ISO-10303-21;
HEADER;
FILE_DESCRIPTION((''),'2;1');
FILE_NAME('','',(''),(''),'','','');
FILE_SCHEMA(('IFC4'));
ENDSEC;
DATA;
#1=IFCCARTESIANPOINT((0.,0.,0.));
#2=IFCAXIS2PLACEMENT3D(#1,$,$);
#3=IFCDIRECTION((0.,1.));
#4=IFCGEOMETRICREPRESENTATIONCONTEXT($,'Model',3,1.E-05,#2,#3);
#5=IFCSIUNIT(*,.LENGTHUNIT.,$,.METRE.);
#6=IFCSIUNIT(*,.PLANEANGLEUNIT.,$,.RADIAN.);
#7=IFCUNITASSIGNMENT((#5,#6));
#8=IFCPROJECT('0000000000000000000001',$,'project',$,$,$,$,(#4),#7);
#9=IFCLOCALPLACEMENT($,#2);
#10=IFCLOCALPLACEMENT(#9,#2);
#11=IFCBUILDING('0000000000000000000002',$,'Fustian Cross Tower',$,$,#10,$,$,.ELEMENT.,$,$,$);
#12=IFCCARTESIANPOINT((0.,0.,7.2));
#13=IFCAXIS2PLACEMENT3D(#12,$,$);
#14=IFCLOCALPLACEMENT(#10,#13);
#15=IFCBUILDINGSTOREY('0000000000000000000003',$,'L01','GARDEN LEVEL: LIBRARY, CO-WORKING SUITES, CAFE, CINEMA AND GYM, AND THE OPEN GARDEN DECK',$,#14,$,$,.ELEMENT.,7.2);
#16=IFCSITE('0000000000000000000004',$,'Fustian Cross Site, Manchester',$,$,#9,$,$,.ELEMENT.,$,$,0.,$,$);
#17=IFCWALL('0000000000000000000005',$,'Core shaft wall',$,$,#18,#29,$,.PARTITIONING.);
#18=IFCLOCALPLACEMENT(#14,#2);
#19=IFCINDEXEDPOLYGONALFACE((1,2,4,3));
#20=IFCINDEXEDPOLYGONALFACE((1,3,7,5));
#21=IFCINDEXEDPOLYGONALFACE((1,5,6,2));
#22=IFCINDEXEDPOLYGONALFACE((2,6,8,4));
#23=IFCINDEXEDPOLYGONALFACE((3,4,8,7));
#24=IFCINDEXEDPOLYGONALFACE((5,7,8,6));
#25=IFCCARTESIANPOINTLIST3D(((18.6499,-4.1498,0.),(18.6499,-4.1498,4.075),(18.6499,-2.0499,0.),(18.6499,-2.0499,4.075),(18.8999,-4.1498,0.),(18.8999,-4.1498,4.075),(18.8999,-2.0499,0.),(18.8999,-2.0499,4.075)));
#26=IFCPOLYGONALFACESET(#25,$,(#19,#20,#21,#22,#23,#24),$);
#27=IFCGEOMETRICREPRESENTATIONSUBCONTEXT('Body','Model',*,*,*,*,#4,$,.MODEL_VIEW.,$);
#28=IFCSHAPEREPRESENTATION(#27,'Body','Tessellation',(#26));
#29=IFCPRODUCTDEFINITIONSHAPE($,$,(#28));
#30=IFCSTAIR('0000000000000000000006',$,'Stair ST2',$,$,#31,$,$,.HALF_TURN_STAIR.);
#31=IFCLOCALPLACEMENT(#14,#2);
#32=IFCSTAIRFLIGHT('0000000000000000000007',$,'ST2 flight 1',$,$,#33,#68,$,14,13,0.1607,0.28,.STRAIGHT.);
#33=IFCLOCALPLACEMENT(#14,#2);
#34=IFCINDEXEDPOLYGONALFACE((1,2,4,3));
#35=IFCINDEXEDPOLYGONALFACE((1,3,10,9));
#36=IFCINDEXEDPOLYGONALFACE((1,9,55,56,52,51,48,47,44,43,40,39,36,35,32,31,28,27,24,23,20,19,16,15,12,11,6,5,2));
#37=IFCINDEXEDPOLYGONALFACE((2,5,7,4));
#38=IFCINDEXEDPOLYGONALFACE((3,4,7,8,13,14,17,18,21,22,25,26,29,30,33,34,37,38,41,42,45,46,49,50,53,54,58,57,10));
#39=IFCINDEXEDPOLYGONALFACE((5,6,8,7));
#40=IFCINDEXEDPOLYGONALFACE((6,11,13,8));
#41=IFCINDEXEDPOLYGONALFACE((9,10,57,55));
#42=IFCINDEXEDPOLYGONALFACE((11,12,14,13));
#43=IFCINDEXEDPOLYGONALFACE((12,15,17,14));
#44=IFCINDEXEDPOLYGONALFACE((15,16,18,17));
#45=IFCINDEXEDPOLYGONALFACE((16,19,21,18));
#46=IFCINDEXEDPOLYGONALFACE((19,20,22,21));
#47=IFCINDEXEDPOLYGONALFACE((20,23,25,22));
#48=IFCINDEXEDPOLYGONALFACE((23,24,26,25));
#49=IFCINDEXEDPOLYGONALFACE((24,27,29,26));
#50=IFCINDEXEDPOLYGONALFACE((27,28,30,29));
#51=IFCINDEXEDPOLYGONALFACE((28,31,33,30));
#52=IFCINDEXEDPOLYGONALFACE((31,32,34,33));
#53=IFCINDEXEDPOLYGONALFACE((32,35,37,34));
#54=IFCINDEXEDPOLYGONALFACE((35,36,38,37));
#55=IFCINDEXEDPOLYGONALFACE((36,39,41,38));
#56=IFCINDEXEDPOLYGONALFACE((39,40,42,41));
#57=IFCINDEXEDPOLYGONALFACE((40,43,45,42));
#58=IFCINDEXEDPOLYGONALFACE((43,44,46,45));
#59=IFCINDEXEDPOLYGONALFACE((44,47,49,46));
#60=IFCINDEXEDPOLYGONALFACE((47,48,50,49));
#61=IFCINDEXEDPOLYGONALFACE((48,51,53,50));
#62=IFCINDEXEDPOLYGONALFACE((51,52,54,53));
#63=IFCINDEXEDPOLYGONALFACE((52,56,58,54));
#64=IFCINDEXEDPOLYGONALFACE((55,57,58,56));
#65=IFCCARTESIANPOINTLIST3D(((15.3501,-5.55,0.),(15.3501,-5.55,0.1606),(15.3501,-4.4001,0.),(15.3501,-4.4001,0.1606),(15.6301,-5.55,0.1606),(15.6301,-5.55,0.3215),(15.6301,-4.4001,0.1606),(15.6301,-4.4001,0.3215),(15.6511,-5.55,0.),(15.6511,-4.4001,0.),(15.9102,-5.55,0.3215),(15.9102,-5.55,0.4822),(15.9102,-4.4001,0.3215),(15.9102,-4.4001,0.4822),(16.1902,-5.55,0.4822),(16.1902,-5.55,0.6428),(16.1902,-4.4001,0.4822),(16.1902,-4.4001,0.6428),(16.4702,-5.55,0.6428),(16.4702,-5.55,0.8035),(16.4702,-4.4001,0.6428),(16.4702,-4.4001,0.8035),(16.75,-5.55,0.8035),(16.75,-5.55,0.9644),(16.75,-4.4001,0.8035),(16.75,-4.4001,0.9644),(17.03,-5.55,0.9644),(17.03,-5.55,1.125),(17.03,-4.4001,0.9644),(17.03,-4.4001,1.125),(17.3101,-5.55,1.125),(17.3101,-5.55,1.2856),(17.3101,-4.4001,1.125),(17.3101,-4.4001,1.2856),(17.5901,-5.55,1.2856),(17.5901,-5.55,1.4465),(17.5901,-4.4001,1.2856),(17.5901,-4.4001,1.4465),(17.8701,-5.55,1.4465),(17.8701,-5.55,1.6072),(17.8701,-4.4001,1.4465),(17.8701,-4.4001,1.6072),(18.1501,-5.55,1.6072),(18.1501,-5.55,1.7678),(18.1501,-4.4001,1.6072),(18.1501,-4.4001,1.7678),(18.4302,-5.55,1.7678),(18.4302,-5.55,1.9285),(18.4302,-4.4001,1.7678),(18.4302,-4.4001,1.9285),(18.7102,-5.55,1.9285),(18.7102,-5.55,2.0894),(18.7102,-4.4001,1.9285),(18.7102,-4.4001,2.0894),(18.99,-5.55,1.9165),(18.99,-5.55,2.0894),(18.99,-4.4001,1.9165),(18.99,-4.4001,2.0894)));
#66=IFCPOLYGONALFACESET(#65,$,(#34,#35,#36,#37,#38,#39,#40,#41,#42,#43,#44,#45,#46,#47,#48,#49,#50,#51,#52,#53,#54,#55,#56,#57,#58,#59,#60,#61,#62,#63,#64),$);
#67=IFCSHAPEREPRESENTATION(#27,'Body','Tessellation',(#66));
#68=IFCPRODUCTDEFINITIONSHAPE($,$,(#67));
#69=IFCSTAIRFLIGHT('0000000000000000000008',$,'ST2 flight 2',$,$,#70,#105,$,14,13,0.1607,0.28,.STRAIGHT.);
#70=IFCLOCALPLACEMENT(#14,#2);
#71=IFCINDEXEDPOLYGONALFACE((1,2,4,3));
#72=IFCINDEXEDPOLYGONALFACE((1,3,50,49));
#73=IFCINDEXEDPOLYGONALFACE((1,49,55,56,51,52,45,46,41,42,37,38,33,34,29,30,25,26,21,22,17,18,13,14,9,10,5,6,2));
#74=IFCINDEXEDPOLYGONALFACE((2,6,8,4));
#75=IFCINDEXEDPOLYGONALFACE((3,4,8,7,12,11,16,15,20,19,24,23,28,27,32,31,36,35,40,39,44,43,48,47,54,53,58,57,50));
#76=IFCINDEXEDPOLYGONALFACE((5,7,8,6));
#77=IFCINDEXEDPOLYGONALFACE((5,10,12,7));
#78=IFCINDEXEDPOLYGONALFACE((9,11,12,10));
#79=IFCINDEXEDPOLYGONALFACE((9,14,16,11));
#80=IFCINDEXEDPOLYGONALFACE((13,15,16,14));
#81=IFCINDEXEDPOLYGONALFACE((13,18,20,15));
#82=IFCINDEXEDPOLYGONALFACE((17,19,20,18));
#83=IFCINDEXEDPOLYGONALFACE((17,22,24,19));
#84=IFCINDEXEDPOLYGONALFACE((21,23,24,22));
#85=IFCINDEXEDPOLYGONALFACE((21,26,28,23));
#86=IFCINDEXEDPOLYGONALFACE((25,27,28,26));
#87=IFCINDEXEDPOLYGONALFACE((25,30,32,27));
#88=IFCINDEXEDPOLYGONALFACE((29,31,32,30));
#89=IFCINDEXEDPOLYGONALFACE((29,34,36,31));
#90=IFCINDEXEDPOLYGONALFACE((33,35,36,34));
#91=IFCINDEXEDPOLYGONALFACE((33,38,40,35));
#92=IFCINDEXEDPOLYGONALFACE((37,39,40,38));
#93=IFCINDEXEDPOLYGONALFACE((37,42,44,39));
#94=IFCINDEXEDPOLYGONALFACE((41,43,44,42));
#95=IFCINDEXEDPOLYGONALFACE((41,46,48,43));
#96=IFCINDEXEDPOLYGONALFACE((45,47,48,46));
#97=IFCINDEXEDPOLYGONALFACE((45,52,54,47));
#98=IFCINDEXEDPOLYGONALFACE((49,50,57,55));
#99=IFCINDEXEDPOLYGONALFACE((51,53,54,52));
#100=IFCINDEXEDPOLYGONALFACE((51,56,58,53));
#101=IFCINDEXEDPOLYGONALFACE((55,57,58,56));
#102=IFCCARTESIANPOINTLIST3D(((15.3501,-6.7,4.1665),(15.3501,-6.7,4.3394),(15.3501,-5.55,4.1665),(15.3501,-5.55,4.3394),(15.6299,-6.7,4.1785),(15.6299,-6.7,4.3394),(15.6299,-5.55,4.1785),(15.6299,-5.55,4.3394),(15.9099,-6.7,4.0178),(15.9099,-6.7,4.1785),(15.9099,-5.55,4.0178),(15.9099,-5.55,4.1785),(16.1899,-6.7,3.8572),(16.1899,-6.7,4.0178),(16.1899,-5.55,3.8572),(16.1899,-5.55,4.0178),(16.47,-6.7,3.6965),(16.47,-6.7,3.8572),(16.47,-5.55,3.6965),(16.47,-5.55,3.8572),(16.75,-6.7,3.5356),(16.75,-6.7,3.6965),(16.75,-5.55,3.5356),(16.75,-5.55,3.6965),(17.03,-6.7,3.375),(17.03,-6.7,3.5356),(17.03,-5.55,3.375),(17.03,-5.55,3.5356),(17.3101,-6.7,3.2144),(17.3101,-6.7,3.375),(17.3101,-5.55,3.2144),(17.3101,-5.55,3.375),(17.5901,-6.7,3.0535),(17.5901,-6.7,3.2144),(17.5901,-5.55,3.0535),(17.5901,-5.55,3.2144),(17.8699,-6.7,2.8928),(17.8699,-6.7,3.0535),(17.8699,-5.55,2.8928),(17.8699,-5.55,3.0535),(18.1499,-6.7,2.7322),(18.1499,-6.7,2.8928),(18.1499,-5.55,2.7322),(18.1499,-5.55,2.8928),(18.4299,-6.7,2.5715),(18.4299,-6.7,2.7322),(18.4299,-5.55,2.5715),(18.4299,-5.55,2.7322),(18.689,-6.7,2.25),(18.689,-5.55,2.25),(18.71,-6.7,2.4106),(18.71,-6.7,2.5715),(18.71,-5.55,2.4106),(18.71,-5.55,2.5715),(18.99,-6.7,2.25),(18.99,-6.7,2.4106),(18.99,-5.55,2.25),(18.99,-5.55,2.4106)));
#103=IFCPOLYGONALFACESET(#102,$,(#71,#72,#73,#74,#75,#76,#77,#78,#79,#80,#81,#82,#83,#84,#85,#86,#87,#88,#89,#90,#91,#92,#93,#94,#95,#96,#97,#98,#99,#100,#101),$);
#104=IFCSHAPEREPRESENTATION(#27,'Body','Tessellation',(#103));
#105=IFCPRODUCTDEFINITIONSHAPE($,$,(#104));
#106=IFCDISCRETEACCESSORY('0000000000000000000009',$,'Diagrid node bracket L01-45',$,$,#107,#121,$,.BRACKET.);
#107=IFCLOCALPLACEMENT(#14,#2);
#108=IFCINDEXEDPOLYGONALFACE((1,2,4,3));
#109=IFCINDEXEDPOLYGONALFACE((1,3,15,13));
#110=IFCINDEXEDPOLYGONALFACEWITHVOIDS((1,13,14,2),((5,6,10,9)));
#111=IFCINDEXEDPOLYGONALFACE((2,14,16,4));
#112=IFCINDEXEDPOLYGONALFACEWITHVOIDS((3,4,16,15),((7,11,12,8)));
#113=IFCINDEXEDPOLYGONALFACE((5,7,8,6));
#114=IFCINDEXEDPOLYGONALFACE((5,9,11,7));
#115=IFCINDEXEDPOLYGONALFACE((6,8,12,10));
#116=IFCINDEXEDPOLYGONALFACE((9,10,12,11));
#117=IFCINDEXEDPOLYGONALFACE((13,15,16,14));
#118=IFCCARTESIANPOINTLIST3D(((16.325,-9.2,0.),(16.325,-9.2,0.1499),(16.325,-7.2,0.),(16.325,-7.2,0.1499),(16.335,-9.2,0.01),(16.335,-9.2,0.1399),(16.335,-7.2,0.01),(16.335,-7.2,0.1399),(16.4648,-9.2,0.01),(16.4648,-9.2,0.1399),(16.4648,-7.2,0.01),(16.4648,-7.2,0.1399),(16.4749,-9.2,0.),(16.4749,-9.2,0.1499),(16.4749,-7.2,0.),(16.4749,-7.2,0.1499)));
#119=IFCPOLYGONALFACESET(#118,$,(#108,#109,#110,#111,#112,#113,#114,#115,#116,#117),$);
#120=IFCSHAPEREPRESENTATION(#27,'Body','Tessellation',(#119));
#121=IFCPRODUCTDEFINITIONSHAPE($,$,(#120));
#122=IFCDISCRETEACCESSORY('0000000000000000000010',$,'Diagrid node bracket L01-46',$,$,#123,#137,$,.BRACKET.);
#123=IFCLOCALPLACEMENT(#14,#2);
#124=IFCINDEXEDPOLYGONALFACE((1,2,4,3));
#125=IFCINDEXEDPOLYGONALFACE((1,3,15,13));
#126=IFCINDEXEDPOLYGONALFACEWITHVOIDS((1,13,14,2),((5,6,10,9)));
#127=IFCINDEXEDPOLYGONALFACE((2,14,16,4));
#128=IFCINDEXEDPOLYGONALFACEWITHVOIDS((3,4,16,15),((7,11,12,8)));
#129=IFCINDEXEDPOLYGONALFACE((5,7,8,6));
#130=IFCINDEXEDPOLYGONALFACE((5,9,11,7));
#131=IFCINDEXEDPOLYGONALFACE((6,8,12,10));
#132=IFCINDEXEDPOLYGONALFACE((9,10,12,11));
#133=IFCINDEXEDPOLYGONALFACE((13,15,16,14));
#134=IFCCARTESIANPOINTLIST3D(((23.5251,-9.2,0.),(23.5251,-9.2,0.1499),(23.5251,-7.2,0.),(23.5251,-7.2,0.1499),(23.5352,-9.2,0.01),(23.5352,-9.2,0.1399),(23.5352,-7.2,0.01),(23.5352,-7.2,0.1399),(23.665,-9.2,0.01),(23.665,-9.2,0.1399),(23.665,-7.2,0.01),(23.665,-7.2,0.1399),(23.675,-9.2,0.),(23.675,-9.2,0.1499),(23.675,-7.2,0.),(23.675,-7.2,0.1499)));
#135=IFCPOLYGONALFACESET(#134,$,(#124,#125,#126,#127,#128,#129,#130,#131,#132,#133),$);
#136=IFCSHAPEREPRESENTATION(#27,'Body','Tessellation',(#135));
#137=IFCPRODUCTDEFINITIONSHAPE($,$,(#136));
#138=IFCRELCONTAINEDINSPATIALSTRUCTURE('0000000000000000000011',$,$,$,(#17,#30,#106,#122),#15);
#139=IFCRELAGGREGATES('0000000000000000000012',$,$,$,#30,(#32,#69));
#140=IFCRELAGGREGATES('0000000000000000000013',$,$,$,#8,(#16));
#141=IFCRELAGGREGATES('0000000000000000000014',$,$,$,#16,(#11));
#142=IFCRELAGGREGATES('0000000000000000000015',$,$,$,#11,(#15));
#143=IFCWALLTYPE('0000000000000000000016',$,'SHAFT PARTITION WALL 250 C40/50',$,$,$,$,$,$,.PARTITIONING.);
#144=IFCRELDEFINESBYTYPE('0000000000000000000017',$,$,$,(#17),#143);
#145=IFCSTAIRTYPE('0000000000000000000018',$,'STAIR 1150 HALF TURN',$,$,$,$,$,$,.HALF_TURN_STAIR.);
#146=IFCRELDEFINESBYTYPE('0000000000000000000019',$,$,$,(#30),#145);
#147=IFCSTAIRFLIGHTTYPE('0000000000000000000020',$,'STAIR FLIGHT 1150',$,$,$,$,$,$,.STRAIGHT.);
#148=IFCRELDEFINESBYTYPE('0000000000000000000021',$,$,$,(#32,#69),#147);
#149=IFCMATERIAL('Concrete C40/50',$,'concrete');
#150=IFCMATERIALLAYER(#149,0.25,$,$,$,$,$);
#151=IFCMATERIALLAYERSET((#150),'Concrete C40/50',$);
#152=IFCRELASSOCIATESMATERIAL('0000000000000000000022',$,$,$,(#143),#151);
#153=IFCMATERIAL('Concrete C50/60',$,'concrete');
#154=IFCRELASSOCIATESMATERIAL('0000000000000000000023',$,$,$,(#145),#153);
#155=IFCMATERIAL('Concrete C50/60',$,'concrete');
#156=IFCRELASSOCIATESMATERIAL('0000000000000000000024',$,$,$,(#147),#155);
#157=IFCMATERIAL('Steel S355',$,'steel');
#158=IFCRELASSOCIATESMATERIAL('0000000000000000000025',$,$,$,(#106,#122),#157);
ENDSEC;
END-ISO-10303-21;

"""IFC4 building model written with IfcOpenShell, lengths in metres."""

from ifc_helpers import new_model, si_unit, direction, frame, frame_2d, origin, origin_2d, place, context, subcontext, project, spatial, polyline, rectangle, hollow_rectangle, outline, extrude, material, layer, layer_set, type_object, element, aggregate, save


model = new_model("IFC4")

# Units and contexts
model_context = context("Model", 3, precision=1e-05, world=origin(), true_north=direction((0.0, 1.0)))
body_context = subcontext(model_context, "Body", "Model", "MODEL_VIEW")
ifc_project = project(units=[si_unit("LENGTHUNIT", "METRE"), si_unit("PLANEANGLEUNIT", "RADIAN")], contexts=[model_context])

# Site, building, storey
site_placement = place(None, origin())
site = spatial("IfcSite", under=ifc_project, at=site_placement, Name="Fustian Cross Site, Manchester", CompositionType="ELEMENT", RefElevation=0.0)
building_placement = place(site_placement, origin())
building = spatial("IfcBuilding", under=site, at=building_placement, Name="Fustian Cross Tower", CompositionType="ELEMENT")
storey_placement = place(building_placement, frame((0.0, 0.0, 7.2)))
storey = spatial("IfcBuildingStorey", under=building, at=storey_placement, Name="L01", Description="GARDEN LEVEL: LIBRARY, CO-WORKING SUITES, CAFE, CINEMA AND GYM, AND THE OPEN GARDEN DECK", CompositionType="ELEMENT", Elevation=7.2)

# Wall
ifc_material_1 = material(Name="Concrete C40/50", Category="concrete")
ifc_layer_1 = layer(ifc_material_1, 0.25)
ifc_layer_set_1 = layer_set([ifc_layer_1], Name="Concrete C40/50")
wall_type_1 = type_object("IfcWallType", Name="SHAFT PARTITION WALL 250 C40/50", PredefinedType="PARTITIONING", material=ifc_layer_set_1)
wall_1_placement = place(storey_placement, frame((18.7749, -2.05, 0.0), z_axis=(0.0, 0.0, 1.0), x_axis=(0.0, -1.0, 0.0)))
element("IfcWall", 1, at=wall_1_placement, inside=storey, type_object=wall_type_1, Name="Core shaft wall", PredefinedType="PARTITIONING", context=body_context, shape_type="SweptSolid", body=[
    extrude(rectangle(XDim=2.0999, YDim=0.25, at=frame_2d((1.0498, 0.0))), origin(), (0.0, 0.0, 1.0), 4.075),
])

# Stair, stair flights
ifc_material_2 = material(Name="Concrete C50/60", Category="concrete")
stair_type = type_object("IfcStairType", Name="STAIR 1150 HALF TURN", PredefinedType="HALF_TURN_STAIR", material=ifc_material_2)
stair_placement = place(storey_placement, origin())
stair = element("IfcStair", 2, at=stair_placement, inside=storey, type_object=stair_type, Name="Stair ST2", PredefinedType="HALF_TURN_STAIR")
ifc_material_3 = material(Name="Concrete C50/60", Category="concrete")
stair_flight_type = type_object("IfcStairFlightType", Name="STAIR FLIGHT 1150", PredefinedType="STRAIGHT", material=ifc_material_3)
stair_flight_1_placement = place(storey_placement, frame((15.3501, -4.9751, 0.0), z_axis=(0.0, 0.0, 1.0), x_axis=(1.0, 0.0, 0.0)))
stair_flight_1 = element("IfcStairFlight", 3, at=stair_flight_1_placement, type_object=stair_flight_type, Name="ST2 flight 1", NumberOfRisers=14, NumberOfTreads=13, PredefinedType="STRAIGHT", RiserHeight=0.1607, TreadLength=0.28, context=body_context, shape_type="SweptSolid", body=[
    extrude(outline(polyline([(0.0, 0.0), (0.0, 0.1606), (0.28, 0.1606), (0.28, 0.3215), (0.5601, 0.3215), (0.5601, 0.4822), (0.8401, 0.4822), (0.8401, 0.6428), (1.1201, 0.6428), (1.1201, 0.8035), (1.3999, 0.8035), (1.3999, 0.9644), (1.6799, 0.9644), (1.6799, 1.125), (1.96, 1.125), (1.96, 1.2856), (2.24, 1.2856), (2.24, 1.4465), (2.52, 1.4465), (2.52, 1.6072), (2.8, 1.6072), (2.8, 1.7678), (3.0801, 1.7678), (3.0801, 1.9285), (3.3601, 1.9285), (3.3601, 2.0894), (3.6399, 2.0894), (3.6399, 2.25), (3.6399, 1.9165), (0.301, 0.0), (0.0, 0.0)])), frame((0.0, 0.575, 0.0), z_axis=(0.0, -1.0, 0.0), x_axis=(1.0, 0.0, 0.0)), (0.0, 0.0, 1.0), 1.1499),
])
stair_flight_2_placement = place(storey_placement, frame((18.99, -6.125, 2.25), z_axis=(0.0, 0.0, 1.0), x_axis=(-1.0, 0.0, 0.0)))
stair_flight_2 = element("IfcStairFlight", 4, at=stair_flight_2_placement, type_object=stair_flight_type, Name="ST2 flight 2", NumberOfRisers=14, NumberOfTreads=13, PredefinedType="STRAIGHT", RiserHeight=0.1607, TreadLength=0.28, context=body_context, shape_type="SweptSolid", body=[
    extrude(outline(polyline([(0.0, 0.0), (0.0, 0.1606), (0.28, 0.1606), (0.28, 0.3215), (0.5601, 0.3215), (0.5601, 0.4822), (0.8401, 0.4822), (0.8401, 0.6428), (1.1201, 0.6428), (1.1201, 0.8035), (1.3999, 0.8035), (1.3999, 0.9644), (1.6799, 0.9644), (1.6799, 1.125), (1.96, 1.125), (1.96, 1.2856), (2.24, 1.2856), (2.24, 1.4465), (2.52, 1.4465), (2.52, 1.6072), (2.8, 1.6072), (2.8, 1.7678), (3.0801, 1.7678), (3.0801, 1.9285), (3.3601, 1.9285), (3.3601, 2.0894), (3.6399, 2.0894), (3.6399, 2.25), (3.6399, 1.9165), (0.301, 0.0), (0.0, 0.0)])), frame((0.0, 0.575, 0.0), z_axis=(0.0, -1.0, 0.0), x_axis=(1.0, 0.0, 0.0)), (0.0, 0.0, 1.0), 1.1499),
])
aggregate(stair, [stair_flight_1, stair_flight_2])

# Discrete accessories
ifc_material_4 = material(Name="Steel S355", Category="steel")
for number, where, z_axis, x_axis, name in (
    (5, (16.3999, -9.2, 0.075), (0.0, 1.0, 0.0), (-1.0, 0.0, 0.0), "Diagrid node bracket L01-45"),
    (6, (23.6001, -9.2, 0.075), (0.0, 1.0, 0.0), (-1.0, 0.0, 0.0), "Diagrid node bracket L01-46"),
):
    element("IfcDiscreteAccessory", number, at=place(storey_placement, frame(where, z_axis=z_axis, x_axis=x_axis)), inside=storey, material=ifc_material_4, Name=name, PredefinedType="BRACKET", context=body_context, shape_type="SweptSolid", body=[
        extrude(hollow_rectangle(XDim=0.1499, YDim=0.1499, WallThickness=0.01, at=origin_2d()), origin(), (0.0, 0.0, 1.0), 2.0),
    ])

save(model, "model.ifc")
